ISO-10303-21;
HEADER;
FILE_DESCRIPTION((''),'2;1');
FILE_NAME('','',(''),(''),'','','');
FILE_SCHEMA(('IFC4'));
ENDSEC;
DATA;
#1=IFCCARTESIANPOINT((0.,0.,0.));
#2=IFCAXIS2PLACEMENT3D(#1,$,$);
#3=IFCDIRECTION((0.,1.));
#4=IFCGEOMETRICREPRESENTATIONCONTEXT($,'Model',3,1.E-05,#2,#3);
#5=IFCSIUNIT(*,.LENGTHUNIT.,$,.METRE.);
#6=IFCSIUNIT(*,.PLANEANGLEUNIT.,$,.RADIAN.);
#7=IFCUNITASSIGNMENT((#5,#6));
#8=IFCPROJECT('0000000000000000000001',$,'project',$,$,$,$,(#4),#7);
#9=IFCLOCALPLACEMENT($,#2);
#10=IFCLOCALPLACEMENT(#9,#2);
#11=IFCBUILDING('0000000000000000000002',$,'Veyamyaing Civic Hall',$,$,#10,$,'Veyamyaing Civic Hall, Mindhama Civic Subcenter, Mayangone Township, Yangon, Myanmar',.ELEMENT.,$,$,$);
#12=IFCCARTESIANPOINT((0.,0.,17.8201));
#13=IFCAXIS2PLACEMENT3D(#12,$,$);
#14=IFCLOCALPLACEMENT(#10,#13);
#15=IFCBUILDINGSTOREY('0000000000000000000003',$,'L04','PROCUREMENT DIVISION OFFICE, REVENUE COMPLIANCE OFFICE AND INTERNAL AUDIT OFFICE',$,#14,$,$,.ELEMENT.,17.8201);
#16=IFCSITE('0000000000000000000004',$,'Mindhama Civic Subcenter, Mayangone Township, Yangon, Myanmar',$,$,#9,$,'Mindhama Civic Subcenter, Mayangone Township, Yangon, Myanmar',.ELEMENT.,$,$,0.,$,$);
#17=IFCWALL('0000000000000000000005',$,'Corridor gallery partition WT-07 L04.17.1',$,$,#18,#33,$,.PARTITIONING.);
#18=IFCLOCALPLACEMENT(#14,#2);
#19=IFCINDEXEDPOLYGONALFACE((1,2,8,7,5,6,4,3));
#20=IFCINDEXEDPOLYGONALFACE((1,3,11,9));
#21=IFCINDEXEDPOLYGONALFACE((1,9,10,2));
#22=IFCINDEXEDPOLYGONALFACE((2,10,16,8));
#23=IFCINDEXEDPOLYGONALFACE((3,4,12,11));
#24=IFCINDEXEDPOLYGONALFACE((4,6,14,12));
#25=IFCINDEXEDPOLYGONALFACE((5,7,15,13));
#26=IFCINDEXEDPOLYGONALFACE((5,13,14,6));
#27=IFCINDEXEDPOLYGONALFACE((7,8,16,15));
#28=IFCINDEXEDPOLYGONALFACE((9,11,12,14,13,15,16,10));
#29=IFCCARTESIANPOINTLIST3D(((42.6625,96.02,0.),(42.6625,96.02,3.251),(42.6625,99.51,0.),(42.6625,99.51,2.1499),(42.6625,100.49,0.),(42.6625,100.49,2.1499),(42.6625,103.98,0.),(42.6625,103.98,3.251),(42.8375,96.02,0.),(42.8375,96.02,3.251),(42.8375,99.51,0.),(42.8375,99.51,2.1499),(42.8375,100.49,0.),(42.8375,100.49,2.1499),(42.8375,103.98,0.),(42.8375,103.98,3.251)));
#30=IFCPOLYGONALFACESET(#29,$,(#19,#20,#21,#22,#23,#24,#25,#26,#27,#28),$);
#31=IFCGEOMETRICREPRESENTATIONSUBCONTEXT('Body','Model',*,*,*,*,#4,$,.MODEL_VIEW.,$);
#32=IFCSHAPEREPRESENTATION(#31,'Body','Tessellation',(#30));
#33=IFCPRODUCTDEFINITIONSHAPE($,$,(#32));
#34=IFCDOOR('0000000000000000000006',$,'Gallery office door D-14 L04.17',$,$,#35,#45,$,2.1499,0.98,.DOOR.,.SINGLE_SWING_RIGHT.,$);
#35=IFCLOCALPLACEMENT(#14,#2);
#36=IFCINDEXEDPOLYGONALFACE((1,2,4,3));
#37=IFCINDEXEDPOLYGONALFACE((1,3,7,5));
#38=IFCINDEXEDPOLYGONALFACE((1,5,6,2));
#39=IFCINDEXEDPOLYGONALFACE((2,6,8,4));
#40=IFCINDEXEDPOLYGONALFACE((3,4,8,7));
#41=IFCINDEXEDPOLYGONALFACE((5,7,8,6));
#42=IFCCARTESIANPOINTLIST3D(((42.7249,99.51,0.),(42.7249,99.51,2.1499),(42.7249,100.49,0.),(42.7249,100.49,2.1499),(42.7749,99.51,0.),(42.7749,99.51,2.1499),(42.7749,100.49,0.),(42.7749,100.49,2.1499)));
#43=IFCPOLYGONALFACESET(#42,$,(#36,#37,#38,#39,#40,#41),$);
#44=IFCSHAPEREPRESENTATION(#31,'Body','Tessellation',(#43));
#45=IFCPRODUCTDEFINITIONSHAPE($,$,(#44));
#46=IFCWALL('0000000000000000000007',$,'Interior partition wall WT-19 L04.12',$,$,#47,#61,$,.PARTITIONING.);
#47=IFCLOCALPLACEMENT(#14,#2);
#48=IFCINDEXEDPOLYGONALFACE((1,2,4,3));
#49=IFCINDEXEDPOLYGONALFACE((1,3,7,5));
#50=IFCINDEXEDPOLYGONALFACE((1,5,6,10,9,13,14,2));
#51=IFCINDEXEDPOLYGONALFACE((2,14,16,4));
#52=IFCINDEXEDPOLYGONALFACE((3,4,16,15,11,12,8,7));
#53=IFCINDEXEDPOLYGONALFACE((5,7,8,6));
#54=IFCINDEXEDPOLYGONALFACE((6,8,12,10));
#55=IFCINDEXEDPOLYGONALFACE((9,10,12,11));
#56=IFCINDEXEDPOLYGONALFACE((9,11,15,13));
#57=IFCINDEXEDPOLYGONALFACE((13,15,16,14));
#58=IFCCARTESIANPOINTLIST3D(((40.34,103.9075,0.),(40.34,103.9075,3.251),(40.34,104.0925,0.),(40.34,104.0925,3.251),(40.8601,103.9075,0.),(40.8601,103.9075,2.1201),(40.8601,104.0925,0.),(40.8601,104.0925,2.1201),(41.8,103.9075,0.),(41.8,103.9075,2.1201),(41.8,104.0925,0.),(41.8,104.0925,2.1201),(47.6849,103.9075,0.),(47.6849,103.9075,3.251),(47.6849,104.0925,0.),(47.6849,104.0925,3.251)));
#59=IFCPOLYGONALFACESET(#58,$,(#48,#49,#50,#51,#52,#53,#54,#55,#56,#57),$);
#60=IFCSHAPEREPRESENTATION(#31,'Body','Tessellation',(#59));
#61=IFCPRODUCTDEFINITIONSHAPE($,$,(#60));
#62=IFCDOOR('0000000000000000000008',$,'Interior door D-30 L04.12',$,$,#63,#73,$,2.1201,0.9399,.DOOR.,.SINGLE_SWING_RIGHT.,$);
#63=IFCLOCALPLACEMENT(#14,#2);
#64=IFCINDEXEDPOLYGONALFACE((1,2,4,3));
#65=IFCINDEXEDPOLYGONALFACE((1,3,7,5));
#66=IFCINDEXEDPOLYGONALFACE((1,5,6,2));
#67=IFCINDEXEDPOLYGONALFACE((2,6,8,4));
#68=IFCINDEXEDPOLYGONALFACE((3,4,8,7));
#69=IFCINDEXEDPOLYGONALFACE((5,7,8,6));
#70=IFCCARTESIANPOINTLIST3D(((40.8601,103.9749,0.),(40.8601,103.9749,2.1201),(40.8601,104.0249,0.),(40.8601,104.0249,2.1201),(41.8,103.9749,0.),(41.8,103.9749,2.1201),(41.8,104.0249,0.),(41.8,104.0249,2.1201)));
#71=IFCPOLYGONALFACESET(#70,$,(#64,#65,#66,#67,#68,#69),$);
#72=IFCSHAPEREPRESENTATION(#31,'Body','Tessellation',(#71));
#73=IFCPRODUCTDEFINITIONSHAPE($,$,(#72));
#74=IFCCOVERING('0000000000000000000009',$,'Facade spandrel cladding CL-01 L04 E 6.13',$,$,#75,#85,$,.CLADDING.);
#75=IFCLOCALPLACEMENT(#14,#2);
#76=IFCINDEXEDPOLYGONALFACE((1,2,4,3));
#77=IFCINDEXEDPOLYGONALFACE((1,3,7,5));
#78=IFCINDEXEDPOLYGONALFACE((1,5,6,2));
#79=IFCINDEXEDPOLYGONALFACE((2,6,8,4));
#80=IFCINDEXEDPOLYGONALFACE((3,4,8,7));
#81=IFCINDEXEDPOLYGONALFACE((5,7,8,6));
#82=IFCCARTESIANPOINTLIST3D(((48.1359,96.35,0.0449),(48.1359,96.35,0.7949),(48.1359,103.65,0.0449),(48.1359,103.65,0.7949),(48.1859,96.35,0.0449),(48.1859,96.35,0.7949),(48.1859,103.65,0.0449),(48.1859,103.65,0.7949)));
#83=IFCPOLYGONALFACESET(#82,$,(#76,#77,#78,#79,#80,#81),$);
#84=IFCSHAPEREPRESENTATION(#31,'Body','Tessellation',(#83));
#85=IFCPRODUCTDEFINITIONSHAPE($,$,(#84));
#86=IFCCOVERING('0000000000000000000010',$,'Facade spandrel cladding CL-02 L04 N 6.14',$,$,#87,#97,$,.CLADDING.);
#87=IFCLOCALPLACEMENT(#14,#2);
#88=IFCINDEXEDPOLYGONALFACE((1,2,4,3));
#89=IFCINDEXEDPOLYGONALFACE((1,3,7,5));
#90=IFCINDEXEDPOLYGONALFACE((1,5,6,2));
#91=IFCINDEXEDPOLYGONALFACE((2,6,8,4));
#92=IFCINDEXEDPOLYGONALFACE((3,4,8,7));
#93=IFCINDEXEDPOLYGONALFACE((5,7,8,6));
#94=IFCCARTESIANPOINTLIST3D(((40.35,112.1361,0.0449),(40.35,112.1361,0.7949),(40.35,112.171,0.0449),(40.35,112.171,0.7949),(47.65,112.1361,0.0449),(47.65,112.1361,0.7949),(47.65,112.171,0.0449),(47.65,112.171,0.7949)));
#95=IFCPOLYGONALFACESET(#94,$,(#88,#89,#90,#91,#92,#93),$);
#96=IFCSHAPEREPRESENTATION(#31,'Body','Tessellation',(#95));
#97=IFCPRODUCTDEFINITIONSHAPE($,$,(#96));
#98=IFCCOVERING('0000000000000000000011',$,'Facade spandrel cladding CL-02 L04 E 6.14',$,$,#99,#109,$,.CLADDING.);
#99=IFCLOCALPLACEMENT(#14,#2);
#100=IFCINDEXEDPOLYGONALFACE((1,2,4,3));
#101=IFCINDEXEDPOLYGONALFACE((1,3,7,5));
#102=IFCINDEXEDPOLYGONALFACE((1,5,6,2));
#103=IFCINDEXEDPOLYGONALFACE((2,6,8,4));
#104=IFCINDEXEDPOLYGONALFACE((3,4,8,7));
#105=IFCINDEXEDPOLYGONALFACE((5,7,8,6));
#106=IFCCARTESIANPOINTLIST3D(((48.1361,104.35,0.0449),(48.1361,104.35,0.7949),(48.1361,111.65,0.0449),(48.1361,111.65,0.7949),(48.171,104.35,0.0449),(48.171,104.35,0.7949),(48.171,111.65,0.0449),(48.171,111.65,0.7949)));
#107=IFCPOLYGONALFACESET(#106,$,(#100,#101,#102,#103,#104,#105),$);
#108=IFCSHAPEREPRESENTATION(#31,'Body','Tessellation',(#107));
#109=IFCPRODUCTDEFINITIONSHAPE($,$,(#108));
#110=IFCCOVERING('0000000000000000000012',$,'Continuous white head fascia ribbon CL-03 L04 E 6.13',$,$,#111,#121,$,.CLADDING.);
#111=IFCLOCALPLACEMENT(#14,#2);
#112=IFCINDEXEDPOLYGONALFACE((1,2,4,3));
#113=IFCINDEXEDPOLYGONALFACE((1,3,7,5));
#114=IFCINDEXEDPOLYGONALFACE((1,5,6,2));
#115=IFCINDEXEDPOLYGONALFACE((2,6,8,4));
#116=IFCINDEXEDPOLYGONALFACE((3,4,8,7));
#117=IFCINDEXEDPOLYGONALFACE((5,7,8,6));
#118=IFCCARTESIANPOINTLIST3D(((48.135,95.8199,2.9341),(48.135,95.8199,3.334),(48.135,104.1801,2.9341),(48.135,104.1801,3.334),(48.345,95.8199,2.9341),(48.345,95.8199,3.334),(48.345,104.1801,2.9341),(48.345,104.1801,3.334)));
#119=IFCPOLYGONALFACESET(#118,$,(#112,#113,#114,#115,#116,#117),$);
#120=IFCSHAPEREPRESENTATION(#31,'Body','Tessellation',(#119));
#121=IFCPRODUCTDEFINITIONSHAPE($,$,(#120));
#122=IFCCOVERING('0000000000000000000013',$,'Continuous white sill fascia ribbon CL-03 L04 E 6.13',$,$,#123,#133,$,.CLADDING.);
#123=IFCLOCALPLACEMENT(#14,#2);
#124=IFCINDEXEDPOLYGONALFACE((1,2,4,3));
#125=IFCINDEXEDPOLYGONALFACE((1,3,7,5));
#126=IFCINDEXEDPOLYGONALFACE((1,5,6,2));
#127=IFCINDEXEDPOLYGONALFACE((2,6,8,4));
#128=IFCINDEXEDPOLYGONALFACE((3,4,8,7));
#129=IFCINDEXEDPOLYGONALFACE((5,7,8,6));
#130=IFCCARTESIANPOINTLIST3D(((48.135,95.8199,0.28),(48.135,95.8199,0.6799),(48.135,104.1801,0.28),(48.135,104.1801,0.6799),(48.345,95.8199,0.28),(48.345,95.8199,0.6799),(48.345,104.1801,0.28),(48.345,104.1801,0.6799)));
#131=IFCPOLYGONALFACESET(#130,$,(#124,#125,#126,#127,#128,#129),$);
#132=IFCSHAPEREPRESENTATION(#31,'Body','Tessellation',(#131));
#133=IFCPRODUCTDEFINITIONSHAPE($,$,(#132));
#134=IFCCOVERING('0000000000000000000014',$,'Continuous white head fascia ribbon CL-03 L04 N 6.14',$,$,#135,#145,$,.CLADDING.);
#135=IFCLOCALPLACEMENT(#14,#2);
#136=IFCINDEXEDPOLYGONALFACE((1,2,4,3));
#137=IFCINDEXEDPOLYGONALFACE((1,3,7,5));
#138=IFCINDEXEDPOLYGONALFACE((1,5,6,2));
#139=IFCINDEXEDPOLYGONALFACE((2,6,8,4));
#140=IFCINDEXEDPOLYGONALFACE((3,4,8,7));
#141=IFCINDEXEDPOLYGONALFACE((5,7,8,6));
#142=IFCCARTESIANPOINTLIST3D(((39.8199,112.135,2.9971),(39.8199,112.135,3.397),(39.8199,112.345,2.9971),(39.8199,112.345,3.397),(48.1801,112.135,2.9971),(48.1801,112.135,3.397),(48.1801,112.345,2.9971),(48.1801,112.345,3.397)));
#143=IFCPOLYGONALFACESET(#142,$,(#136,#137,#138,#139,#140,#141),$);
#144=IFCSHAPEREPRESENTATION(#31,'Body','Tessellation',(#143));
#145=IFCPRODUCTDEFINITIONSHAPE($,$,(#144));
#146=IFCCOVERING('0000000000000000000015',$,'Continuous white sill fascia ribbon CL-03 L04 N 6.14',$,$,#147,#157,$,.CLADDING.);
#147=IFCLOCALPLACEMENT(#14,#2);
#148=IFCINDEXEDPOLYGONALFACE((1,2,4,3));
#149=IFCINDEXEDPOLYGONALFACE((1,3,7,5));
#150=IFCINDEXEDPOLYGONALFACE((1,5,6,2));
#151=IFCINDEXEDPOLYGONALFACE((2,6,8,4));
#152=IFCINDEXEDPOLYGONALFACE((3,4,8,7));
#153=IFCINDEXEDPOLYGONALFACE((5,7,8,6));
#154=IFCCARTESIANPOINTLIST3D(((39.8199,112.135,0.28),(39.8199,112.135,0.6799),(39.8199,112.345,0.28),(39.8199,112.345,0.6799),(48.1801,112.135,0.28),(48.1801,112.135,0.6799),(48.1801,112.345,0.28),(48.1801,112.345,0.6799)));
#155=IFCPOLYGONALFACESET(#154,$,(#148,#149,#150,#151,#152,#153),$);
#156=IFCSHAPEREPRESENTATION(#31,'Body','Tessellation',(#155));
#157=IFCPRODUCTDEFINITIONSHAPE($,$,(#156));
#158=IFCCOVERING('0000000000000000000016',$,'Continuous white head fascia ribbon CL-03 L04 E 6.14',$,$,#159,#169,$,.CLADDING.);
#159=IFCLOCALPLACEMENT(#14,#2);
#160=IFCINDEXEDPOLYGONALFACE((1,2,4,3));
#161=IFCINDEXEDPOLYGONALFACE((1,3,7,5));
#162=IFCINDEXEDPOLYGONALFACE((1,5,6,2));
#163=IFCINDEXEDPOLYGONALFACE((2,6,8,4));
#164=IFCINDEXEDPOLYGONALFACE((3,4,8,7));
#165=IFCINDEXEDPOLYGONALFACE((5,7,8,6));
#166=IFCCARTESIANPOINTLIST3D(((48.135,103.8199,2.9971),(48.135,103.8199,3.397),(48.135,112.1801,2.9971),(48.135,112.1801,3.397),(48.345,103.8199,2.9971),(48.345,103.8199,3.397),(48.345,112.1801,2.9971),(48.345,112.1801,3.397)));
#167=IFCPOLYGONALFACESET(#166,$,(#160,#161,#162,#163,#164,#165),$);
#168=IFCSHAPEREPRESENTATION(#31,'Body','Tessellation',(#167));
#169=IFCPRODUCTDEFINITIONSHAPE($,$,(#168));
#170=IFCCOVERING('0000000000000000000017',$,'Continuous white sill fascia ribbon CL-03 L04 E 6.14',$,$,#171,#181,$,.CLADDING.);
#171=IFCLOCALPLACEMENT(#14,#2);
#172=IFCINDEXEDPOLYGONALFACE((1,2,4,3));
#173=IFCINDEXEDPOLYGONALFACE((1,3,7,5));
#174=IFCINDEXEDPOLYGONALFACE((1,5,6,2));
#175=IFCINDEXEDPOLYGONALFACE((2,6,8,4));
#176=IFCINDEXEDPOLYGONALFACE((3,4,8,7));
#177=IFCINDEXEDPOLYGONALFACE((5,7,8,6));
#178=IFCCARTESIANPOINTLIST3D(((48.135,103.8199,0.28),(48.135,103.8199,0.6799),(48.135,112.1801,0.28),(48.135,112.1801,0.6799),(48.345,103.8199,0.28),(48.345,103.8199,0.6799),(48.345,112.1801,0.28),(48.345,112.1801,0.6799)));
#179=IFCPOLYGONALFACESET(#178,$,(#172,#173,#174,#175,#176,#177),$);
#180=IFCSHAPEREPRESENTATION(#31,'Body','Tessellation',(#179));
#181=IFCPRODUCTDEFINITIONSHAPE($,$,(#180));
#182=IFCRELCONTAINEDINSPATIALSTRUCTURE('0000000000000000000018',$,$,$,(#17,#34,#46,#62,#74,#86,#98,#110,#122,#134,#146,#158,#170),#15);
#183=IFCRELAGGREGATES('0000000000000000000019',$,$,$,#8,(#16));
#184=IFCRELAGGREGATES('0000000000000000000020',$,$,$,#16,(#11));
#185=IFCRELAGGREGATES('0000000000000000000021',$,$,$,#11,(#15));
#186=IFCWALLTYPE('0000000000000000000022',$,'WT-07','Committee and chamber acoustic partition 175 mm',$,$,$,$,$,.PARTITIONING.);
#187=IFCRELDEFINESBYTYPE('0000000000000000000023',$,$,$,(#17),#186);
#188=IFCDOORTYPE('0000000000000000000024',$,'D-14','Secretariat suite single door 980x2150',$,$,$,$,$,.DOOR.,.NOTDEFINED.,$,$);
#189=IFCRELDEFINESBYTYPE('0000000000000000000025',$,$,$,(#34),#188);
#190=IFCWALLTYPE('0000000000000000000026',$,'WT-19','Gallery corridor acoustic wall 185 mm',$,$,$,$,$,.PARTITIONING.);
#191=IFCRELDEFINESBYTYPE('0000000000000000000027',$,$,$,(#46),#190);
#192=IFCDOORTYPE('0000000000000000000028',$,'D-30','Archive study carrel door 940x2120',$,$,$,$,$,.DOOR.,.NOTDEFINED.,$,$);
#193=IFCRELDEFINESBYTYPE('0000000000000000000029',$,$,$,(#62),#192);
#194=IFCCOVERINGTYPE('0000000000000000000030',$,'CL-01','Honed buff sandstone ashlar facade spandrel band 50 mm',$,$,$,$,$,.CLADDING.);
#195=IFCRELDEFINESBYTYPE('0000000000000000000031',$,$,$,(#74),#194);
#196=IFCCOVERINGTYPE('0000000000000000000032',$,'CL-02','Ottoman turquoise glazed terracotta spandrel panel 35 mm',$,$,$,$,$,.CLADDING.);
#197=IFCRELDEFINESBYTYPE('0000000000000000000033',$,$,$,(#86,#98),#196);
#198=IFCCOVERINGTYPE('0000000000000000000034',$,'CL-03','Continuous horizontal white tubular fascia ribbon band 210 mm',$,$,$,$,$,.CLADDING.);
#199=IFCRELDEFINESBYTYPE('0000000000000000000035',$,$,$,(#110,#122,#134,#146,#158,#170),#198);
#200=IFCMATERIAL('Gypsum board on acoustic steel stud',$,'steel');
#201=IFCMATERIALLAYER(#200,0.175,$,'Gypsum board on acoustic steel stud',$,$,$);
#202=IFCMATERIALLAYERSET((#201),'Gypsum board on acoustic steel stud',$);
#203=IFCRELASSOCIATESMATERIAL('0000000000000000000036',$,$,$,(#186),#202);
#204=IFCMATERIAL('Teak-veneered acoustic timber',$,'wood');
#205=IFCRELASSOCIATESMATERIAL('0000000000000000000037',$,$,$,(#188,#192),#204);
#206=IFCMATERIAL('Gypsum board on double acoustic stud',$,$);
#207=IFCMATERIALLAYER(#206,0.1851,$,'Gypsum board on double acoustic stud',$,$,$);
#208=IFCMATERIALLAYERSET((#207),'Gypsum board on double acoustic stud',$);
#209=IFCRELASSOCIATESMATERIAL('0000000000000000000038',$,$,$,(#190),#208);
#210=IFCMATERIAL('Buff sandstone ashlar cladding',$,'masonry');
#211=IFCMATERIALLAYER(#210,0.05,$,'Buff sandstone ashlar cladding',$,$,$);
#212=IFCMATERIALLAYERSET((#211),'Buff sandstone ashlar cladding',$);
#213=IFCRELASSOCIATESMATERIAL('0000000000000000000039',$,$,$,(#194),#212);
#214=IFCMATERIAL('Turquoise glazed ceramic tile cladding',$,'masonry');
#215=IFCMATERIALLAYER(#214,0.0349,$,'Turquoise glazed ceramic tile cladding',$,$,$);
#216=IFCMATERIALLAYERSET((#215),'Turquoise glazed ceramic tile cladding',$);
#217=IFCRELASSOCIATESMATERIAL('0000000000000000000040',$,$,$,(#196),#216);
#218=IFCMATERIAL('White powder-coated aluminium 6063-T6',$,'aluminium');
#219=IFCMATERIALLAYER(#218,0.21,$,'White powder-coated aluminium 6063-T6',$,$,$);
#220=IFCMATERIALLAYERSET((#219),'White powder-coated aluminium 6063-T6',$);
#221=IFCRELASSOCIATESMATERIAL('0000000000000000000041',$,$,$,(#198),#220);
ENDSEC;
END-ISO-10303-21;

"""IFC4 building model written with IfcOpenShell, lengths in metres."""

from ifc_helpers import new_model, si_unit, direction, frame, frame_2d, origin, origin_2d, place, context, subcontext, project, spatial, rectangle, extrude, material, layer, layer_set, type_object, element, fill, save


model = new_model("IFC4")

# Units and contexts
model_context = context("Model", 3, precision=1e-05, world=origin(), true_north=direction((0.0, 1.0)))
body_context = subcontext(model_context, "Body", "Model", "MODEL_VIEW")
ifc_project = project(units=[si_unit("LENGTHUNIT", "METRE"), si_unit("PLANEANGLEUNIT", "RADIAN")], contexts=[model_context])

# Site, building, storey
site_placement = place(None, origin())
site = spatial("IfcSite", under=ifc_project, at=site_placement, Name="Mindhama Civic Subcenter, Mayangone Township, Yangon, Myanmar", LongName="Mindhama Civic Subcenter, Mayangone Township, Yangon, Myanmar", CompositionType="ELEMENT", RefElevation=0.0)
building_placement = place(site_placement, origin())
building = spatial("IfcBuilding", under=site, at=building_placement, Name="Veyamyaing Civic Hall", LongName="Veyamyaing Civic Hall, Mindhama Civic Subcenter, Mayangone Township, Yangon, Myanmar", CompositionType="ELEMENT")
storey_placement = place(building_placement, frame((0.0, 0.0, 17.8201)))
storey = spatial("IfcBuildingStorey", under=building, at=storey_placement, Name="L04", Description="PROCUREMENT DIVISION OFFICE, REVENUE COMPLIANCE OFFICE AND INTERNAL AUDIT OFFICE", CompositionType="ELEMENT", Elevation=17.8201)

# Walls, openings, doors
ifc_material_1 = material(Name="Gypsum board on acoustic steel stud", Category="steel")
ifc_layer_1 = layer(ifc_material_1, 0.175, Name="Gypsum board on acoustic steel stud")
ifc_layer_set_1 = layer_set([ifc_layer_1], Name="Gypsum board on acoustic steel stud")
wall_type_1 = type_object("IfcWallType", Name="WT-07", Description="Committee and chamber acoustic partition 175 mm", PredefinedType="PARTITIONING", material=ifc_layer_set_1)
wall_1_placement = place(storey_placement, frame((42.75, 96.02, 0.0), z_axis=(0.0, 0.0, 1.0), x_axis=(0.0, 1.0, 0.0)))
wall_1 = element("IfcWall", 1, at=wall_1_placement, inside=storey, type_object=wall_type_1, Name="Corridor gallery partition WT-07 L04.17.1", PredefinedType="PARTITIONING", context=body_context, shape_type="SweptSolid", body=[
    extrude(rectangle(XDim=7.96, YDim=0.175, at=frame_2d((3.98, 0.0))), origin(), (0.0, 0.0, 1.0), 3.251),
])
opening_1_placement = place(wall_1_placement, frame((3.49, 0.0, 0.0)))
opening_1 = element("IfcOpeningElement", 2, at=opening_1_placement, cuts=wall_1, PredefinedType="OPENING", context=body_context, shape_type="SweptSolid", body=[
    extrude(rectangle(XDim=0.98, YDim=2.1499, at=frame_2d((0.49, 1.075))), frame((0.0, 0.0974, 0.0), z_axis=(0.0, -1.0, 0.0), x_axis=(1.0, 0.0, 0.0)), (0.0, 0.0, 1.0), 0.1951),
])
ifc_material_2 = material(Name="Teak-veneered acoustic timber", Category="wood")
door_type_1 = type_object("IfcDoorType", Name="D-14", Description="Secretariat suite single door 980x2150", OperationType="NOTDEFINED", PredefinedType="DOOR", material=ifc_material_2)
door_1_placement = place(opening_1_placement, frame((0.98, 0.0, 0.0), z_axis=(0.0, 0.0, 1.0), x_axis=(-1.0, 0.0, 0.0)))
door_1 = element("IfcDoor", 3, at=door_1_placement, inside=storey, type_object=door_type_1, Name="Gallery office door D-14 L04.17", OperationType="SINGLE_SWING_RIGHT", OverallHeight=2.1499, OverallWidth=0.98, PredefinedType="DOOR", context=body_context, shape_type="SweptSolid", body=[
    extrude(rectangle(XDim=0.98, YDim=2.1499, at=frame_2d((0.49, 1.075))), frame((0.0, 0.0249, 0.0), z_axis=(0.0, -1.0, 0.0), x_axis=(1.0, 0.0, 0.0)), (0.0, 0.0, 1.0), 0.05),
])
fill(opening_1, door_1)
ifc_material_3 = material(Name="Gypsum board on double acoustic stud")
ifc_layer_2 = layer(ifc_material_3, 0.1851, Name="Gypsum board on double acoustic stud")
ifc_layer_set_2 = layer_set([ifc_layer_2], Name="Gypsum board on double acoustic stud")
wall_type_2 = type_object("IfcWallType", Name="WT-19", Description="Gallery corridor acoustic wall 185 mm", PredefinedType="PARTITIONING", material=ifc_layer_set_2)
wall_2_placement = place(storey_placement, frame((40.3401, 104.0, 0.0), z_axis=(0.0, 0.0, 1.0), x_axis=(1.0, 0.0, 0.0)))
wall_2 = element("IfcWall", 4, at=wall_2_placement, inside=storey, type_object=wall_type_2, Name="Interior partition wall WT-19 L04.12", PredefinedType="PARTITIONING", context=body_context, shape_type="SweptSolid", body=[
    extrude(rectangle(XDim=7.345, YDim=0.1851, at=frame_2d((3.6724, 0.0))), origin(), (0.0, 0.0, 1.0), 3.251),
])
opening_2_placement = place(wall_2_placement, frame((0.52, 0.0, 0.0)))
opening_2 = element("IfcOpeningElement", 5, at=opening_2_placement, cuts=wall_2, PredefinedType="OPENING", context=body_context, shape_type="SweptSolid", body=[
    extrude(rectangle(XDim=0.9399, YDim=2.1201, at=frame_2d((0.47, 1.0601))), frame((0.0, 0.1025, 0.0), z_axis=(0.0, -1.0, 0.0), x_axis=(1.0, 0.0, 0.0)), (0.0, 0.0, 1.0), 0.2051),
])
door_type_2 = type_object("IfcDoorType", Name="D-30", Description="Archive study carrel door 940x2120", OperationType="NOTDEFINED", PredefinedType="DOOR", material=ifc_material_2)
door_2_placement = place(opening_2_placement, origin())
door_2 = element("IfcDoor", 6, at=door_2_placement, inside=storey, type_object=door_type_2, Name="Interior door D-30 L04.12", OperationType="SINGLE_SWING_RIGHT", OverallHeight=2.1201, OverallWidth=0.9399, PredefinedType="DOOR", context=body_context, shape_type="SweptSolid", body=[
    extrude(rectangle(XDim=0.9399, YDim=2.1201, at=frame_2d((0.47, 1.0601))), frame((0.0, 0.0249, 0.0), z_axis=(0.0, -1.0, 0.0), x_axis=(1.0, 0.0, 0.0)), (0.0, 0.0, 1.0), 0.05),
])
fill(opening_2, door_2)

# Coverings
ifc_material_4 = material(Name="Buff sandstone ashlar cladding", Category="masonry")
ifc_layer_3 = layer(ifc_material_4, 0.05, Name="Buff sandstone ashlar cladding")
ifc_layer_set_3 = layer_set([ifc_layer_3], Name="Buff sandstone ashlar cladding")
covering_type_1 = type_object("IfcCoveringType", Name="CL-01", Description="Honed buff sandstone ashlar facade spandrel band 50 mm", PredefinedType="CLADDING", material=ifc_layer_set_3)
covering_placement = place(storey_placement, frame((48.1609, 100.0, 0.0449), z_axis=(0.0, 0.0, 1.0), x_axis=(0.0, 1.0, 0.0)))
element("IfcCovering", 7, at=covering_placement, inside=storey, type_object=covering_type_1, Name="Facade spandrel cladding CL-01 L04 E 6.13", PredefinedType="CLADDING", context=body_context, shape_type="SweptSolid", body=[
    extrude(rectangle(XDim=7.3, YDim=0.05, at=origin_2d()), origin(), (0.0, 0.0, 1.0), 0.75),
])
ifc_material_5 = material(Name="Turquoise glazed ceramic tile cladding", Category="masonry")
ifc_layer_4 = layer(ifc_material_5, 0.0349, Name="Turquoise glazed ceramic tile cladding")
ifc_layer_set_4 = layer_set([ifc_layer_4], Name="Turquoise glazed ceramic tile cladding")
covering_type_2 = type_object("IfcCoveringType", Name="CL-02", Description="Ottoman turquoise glazed terracotta spandrel panel 35 mm", PredefinedType="CLADDING", material=ifc_layer_set_4)
for number, where, z_axis, x_axis, name in (
    (8, (44.0, 112.1536, 0.0449), (0.0, 0.0, 1.0), (1.0, 0.0, 0.0), "Facade spandrel cladding CL-02 L04 N 6.14"),
    (9, (48.1536, 108.0, 0.0449), (0.0, 0.0, 1.0), (0.0, 1.0, 0.0), "Facade spandrel cladding CL-02 L04 E 6.14"),
):
    element("IfcCovering", number, at=place(storey_placement, frame(where, z_axis=z_axis, x_axis=x_axis)), inside=storey, type_object=covering_type_2, Name=name, PredefinedType="CLADDING", context=body_context, shape_type="SweptSolid", body=[
        extrude(rectangle(XDim=7.3, YDim=0.0349, at=origin_2d()), origin(), (0.0, 0.0, 1.0), 0.75),
    ])
ifc_material_6 = material(Name="White powder-coated aluminium 6063-T6", Category="aluminium")
ifc_layer_5 = layer(ifc_material_6, 0.21, Name="White powder-coated aluminium 6063-T6")
ifc_layer_set_5 = layer_set([ifc_layer_5], Name="White powder-coated aluminium 6063-T6")
covering_type_3 = type_object("IfcCoveringType", Name="CL-03", Description="Continuous horizontal white tubular fascia ribbon band 210 mm", PredefinedType="CLADDING", material=ifc_layer_set_5)
for number, where, z_axis, x_axis, name in (
    (10, (48.24, 100.0, 2.9341), (0.0, 0.0, 1.0), (0.0, 1.0, 0.0), "Continuous white head fascia ribbon CL-03 L04 E 6.13"),
    (11, (48.24, 100.0, 0.28), (0.0, 0.0, 1.0), (0.0, 1.0, 0.0), "Continuous white sill fascia ribbon CL-03 L04 E 6.13"),
    (12, (44.0, 112.24, 2.9971), (0.0, 0.0, 1.0), (1.0, 0.0, 0.0), "Continuous white head fascia ribbon CL-03 L04 N 6.14"),
    (13, (44.0, 112.24, 0.28), (0.0, 0.0, 1.0), (1.0, 0.0, 0.0), "Continuous white sill fascia ribbon CL-03 L04 N 6.14"),
    (14, (48.24, 108.0, 2.9971), (0.0, 0.0, 1.0), (0.0, 1.0, 0.0), "Continuous white head fascia ribbon CL-03 L04 E 6.14"),
    (15, (48.24, 108.0, 0.28), (0.0, 0.0, 1.0), (0.0, 1.0, 0.0), "Continuous white sill fascia ribbon CL-03 L04 E 6.14"),
):
    element("IfcCovering", number, at=place(storey_placement, frame(where, z_axis=z_axis, x_axis=x_axis)), inside=storey, type_object=covering_type_3, Name=name, PredefinedType="CLADDING", context=body_context, shape_type="SweptSolid", body=[
        extrude(rectangle(XDim=8.3601, YDim=0.21, at=origin_2d()), origin(), (0.0, 0.0, 1.0), 0.3999),
    ])

save(model, "model.ifc")
